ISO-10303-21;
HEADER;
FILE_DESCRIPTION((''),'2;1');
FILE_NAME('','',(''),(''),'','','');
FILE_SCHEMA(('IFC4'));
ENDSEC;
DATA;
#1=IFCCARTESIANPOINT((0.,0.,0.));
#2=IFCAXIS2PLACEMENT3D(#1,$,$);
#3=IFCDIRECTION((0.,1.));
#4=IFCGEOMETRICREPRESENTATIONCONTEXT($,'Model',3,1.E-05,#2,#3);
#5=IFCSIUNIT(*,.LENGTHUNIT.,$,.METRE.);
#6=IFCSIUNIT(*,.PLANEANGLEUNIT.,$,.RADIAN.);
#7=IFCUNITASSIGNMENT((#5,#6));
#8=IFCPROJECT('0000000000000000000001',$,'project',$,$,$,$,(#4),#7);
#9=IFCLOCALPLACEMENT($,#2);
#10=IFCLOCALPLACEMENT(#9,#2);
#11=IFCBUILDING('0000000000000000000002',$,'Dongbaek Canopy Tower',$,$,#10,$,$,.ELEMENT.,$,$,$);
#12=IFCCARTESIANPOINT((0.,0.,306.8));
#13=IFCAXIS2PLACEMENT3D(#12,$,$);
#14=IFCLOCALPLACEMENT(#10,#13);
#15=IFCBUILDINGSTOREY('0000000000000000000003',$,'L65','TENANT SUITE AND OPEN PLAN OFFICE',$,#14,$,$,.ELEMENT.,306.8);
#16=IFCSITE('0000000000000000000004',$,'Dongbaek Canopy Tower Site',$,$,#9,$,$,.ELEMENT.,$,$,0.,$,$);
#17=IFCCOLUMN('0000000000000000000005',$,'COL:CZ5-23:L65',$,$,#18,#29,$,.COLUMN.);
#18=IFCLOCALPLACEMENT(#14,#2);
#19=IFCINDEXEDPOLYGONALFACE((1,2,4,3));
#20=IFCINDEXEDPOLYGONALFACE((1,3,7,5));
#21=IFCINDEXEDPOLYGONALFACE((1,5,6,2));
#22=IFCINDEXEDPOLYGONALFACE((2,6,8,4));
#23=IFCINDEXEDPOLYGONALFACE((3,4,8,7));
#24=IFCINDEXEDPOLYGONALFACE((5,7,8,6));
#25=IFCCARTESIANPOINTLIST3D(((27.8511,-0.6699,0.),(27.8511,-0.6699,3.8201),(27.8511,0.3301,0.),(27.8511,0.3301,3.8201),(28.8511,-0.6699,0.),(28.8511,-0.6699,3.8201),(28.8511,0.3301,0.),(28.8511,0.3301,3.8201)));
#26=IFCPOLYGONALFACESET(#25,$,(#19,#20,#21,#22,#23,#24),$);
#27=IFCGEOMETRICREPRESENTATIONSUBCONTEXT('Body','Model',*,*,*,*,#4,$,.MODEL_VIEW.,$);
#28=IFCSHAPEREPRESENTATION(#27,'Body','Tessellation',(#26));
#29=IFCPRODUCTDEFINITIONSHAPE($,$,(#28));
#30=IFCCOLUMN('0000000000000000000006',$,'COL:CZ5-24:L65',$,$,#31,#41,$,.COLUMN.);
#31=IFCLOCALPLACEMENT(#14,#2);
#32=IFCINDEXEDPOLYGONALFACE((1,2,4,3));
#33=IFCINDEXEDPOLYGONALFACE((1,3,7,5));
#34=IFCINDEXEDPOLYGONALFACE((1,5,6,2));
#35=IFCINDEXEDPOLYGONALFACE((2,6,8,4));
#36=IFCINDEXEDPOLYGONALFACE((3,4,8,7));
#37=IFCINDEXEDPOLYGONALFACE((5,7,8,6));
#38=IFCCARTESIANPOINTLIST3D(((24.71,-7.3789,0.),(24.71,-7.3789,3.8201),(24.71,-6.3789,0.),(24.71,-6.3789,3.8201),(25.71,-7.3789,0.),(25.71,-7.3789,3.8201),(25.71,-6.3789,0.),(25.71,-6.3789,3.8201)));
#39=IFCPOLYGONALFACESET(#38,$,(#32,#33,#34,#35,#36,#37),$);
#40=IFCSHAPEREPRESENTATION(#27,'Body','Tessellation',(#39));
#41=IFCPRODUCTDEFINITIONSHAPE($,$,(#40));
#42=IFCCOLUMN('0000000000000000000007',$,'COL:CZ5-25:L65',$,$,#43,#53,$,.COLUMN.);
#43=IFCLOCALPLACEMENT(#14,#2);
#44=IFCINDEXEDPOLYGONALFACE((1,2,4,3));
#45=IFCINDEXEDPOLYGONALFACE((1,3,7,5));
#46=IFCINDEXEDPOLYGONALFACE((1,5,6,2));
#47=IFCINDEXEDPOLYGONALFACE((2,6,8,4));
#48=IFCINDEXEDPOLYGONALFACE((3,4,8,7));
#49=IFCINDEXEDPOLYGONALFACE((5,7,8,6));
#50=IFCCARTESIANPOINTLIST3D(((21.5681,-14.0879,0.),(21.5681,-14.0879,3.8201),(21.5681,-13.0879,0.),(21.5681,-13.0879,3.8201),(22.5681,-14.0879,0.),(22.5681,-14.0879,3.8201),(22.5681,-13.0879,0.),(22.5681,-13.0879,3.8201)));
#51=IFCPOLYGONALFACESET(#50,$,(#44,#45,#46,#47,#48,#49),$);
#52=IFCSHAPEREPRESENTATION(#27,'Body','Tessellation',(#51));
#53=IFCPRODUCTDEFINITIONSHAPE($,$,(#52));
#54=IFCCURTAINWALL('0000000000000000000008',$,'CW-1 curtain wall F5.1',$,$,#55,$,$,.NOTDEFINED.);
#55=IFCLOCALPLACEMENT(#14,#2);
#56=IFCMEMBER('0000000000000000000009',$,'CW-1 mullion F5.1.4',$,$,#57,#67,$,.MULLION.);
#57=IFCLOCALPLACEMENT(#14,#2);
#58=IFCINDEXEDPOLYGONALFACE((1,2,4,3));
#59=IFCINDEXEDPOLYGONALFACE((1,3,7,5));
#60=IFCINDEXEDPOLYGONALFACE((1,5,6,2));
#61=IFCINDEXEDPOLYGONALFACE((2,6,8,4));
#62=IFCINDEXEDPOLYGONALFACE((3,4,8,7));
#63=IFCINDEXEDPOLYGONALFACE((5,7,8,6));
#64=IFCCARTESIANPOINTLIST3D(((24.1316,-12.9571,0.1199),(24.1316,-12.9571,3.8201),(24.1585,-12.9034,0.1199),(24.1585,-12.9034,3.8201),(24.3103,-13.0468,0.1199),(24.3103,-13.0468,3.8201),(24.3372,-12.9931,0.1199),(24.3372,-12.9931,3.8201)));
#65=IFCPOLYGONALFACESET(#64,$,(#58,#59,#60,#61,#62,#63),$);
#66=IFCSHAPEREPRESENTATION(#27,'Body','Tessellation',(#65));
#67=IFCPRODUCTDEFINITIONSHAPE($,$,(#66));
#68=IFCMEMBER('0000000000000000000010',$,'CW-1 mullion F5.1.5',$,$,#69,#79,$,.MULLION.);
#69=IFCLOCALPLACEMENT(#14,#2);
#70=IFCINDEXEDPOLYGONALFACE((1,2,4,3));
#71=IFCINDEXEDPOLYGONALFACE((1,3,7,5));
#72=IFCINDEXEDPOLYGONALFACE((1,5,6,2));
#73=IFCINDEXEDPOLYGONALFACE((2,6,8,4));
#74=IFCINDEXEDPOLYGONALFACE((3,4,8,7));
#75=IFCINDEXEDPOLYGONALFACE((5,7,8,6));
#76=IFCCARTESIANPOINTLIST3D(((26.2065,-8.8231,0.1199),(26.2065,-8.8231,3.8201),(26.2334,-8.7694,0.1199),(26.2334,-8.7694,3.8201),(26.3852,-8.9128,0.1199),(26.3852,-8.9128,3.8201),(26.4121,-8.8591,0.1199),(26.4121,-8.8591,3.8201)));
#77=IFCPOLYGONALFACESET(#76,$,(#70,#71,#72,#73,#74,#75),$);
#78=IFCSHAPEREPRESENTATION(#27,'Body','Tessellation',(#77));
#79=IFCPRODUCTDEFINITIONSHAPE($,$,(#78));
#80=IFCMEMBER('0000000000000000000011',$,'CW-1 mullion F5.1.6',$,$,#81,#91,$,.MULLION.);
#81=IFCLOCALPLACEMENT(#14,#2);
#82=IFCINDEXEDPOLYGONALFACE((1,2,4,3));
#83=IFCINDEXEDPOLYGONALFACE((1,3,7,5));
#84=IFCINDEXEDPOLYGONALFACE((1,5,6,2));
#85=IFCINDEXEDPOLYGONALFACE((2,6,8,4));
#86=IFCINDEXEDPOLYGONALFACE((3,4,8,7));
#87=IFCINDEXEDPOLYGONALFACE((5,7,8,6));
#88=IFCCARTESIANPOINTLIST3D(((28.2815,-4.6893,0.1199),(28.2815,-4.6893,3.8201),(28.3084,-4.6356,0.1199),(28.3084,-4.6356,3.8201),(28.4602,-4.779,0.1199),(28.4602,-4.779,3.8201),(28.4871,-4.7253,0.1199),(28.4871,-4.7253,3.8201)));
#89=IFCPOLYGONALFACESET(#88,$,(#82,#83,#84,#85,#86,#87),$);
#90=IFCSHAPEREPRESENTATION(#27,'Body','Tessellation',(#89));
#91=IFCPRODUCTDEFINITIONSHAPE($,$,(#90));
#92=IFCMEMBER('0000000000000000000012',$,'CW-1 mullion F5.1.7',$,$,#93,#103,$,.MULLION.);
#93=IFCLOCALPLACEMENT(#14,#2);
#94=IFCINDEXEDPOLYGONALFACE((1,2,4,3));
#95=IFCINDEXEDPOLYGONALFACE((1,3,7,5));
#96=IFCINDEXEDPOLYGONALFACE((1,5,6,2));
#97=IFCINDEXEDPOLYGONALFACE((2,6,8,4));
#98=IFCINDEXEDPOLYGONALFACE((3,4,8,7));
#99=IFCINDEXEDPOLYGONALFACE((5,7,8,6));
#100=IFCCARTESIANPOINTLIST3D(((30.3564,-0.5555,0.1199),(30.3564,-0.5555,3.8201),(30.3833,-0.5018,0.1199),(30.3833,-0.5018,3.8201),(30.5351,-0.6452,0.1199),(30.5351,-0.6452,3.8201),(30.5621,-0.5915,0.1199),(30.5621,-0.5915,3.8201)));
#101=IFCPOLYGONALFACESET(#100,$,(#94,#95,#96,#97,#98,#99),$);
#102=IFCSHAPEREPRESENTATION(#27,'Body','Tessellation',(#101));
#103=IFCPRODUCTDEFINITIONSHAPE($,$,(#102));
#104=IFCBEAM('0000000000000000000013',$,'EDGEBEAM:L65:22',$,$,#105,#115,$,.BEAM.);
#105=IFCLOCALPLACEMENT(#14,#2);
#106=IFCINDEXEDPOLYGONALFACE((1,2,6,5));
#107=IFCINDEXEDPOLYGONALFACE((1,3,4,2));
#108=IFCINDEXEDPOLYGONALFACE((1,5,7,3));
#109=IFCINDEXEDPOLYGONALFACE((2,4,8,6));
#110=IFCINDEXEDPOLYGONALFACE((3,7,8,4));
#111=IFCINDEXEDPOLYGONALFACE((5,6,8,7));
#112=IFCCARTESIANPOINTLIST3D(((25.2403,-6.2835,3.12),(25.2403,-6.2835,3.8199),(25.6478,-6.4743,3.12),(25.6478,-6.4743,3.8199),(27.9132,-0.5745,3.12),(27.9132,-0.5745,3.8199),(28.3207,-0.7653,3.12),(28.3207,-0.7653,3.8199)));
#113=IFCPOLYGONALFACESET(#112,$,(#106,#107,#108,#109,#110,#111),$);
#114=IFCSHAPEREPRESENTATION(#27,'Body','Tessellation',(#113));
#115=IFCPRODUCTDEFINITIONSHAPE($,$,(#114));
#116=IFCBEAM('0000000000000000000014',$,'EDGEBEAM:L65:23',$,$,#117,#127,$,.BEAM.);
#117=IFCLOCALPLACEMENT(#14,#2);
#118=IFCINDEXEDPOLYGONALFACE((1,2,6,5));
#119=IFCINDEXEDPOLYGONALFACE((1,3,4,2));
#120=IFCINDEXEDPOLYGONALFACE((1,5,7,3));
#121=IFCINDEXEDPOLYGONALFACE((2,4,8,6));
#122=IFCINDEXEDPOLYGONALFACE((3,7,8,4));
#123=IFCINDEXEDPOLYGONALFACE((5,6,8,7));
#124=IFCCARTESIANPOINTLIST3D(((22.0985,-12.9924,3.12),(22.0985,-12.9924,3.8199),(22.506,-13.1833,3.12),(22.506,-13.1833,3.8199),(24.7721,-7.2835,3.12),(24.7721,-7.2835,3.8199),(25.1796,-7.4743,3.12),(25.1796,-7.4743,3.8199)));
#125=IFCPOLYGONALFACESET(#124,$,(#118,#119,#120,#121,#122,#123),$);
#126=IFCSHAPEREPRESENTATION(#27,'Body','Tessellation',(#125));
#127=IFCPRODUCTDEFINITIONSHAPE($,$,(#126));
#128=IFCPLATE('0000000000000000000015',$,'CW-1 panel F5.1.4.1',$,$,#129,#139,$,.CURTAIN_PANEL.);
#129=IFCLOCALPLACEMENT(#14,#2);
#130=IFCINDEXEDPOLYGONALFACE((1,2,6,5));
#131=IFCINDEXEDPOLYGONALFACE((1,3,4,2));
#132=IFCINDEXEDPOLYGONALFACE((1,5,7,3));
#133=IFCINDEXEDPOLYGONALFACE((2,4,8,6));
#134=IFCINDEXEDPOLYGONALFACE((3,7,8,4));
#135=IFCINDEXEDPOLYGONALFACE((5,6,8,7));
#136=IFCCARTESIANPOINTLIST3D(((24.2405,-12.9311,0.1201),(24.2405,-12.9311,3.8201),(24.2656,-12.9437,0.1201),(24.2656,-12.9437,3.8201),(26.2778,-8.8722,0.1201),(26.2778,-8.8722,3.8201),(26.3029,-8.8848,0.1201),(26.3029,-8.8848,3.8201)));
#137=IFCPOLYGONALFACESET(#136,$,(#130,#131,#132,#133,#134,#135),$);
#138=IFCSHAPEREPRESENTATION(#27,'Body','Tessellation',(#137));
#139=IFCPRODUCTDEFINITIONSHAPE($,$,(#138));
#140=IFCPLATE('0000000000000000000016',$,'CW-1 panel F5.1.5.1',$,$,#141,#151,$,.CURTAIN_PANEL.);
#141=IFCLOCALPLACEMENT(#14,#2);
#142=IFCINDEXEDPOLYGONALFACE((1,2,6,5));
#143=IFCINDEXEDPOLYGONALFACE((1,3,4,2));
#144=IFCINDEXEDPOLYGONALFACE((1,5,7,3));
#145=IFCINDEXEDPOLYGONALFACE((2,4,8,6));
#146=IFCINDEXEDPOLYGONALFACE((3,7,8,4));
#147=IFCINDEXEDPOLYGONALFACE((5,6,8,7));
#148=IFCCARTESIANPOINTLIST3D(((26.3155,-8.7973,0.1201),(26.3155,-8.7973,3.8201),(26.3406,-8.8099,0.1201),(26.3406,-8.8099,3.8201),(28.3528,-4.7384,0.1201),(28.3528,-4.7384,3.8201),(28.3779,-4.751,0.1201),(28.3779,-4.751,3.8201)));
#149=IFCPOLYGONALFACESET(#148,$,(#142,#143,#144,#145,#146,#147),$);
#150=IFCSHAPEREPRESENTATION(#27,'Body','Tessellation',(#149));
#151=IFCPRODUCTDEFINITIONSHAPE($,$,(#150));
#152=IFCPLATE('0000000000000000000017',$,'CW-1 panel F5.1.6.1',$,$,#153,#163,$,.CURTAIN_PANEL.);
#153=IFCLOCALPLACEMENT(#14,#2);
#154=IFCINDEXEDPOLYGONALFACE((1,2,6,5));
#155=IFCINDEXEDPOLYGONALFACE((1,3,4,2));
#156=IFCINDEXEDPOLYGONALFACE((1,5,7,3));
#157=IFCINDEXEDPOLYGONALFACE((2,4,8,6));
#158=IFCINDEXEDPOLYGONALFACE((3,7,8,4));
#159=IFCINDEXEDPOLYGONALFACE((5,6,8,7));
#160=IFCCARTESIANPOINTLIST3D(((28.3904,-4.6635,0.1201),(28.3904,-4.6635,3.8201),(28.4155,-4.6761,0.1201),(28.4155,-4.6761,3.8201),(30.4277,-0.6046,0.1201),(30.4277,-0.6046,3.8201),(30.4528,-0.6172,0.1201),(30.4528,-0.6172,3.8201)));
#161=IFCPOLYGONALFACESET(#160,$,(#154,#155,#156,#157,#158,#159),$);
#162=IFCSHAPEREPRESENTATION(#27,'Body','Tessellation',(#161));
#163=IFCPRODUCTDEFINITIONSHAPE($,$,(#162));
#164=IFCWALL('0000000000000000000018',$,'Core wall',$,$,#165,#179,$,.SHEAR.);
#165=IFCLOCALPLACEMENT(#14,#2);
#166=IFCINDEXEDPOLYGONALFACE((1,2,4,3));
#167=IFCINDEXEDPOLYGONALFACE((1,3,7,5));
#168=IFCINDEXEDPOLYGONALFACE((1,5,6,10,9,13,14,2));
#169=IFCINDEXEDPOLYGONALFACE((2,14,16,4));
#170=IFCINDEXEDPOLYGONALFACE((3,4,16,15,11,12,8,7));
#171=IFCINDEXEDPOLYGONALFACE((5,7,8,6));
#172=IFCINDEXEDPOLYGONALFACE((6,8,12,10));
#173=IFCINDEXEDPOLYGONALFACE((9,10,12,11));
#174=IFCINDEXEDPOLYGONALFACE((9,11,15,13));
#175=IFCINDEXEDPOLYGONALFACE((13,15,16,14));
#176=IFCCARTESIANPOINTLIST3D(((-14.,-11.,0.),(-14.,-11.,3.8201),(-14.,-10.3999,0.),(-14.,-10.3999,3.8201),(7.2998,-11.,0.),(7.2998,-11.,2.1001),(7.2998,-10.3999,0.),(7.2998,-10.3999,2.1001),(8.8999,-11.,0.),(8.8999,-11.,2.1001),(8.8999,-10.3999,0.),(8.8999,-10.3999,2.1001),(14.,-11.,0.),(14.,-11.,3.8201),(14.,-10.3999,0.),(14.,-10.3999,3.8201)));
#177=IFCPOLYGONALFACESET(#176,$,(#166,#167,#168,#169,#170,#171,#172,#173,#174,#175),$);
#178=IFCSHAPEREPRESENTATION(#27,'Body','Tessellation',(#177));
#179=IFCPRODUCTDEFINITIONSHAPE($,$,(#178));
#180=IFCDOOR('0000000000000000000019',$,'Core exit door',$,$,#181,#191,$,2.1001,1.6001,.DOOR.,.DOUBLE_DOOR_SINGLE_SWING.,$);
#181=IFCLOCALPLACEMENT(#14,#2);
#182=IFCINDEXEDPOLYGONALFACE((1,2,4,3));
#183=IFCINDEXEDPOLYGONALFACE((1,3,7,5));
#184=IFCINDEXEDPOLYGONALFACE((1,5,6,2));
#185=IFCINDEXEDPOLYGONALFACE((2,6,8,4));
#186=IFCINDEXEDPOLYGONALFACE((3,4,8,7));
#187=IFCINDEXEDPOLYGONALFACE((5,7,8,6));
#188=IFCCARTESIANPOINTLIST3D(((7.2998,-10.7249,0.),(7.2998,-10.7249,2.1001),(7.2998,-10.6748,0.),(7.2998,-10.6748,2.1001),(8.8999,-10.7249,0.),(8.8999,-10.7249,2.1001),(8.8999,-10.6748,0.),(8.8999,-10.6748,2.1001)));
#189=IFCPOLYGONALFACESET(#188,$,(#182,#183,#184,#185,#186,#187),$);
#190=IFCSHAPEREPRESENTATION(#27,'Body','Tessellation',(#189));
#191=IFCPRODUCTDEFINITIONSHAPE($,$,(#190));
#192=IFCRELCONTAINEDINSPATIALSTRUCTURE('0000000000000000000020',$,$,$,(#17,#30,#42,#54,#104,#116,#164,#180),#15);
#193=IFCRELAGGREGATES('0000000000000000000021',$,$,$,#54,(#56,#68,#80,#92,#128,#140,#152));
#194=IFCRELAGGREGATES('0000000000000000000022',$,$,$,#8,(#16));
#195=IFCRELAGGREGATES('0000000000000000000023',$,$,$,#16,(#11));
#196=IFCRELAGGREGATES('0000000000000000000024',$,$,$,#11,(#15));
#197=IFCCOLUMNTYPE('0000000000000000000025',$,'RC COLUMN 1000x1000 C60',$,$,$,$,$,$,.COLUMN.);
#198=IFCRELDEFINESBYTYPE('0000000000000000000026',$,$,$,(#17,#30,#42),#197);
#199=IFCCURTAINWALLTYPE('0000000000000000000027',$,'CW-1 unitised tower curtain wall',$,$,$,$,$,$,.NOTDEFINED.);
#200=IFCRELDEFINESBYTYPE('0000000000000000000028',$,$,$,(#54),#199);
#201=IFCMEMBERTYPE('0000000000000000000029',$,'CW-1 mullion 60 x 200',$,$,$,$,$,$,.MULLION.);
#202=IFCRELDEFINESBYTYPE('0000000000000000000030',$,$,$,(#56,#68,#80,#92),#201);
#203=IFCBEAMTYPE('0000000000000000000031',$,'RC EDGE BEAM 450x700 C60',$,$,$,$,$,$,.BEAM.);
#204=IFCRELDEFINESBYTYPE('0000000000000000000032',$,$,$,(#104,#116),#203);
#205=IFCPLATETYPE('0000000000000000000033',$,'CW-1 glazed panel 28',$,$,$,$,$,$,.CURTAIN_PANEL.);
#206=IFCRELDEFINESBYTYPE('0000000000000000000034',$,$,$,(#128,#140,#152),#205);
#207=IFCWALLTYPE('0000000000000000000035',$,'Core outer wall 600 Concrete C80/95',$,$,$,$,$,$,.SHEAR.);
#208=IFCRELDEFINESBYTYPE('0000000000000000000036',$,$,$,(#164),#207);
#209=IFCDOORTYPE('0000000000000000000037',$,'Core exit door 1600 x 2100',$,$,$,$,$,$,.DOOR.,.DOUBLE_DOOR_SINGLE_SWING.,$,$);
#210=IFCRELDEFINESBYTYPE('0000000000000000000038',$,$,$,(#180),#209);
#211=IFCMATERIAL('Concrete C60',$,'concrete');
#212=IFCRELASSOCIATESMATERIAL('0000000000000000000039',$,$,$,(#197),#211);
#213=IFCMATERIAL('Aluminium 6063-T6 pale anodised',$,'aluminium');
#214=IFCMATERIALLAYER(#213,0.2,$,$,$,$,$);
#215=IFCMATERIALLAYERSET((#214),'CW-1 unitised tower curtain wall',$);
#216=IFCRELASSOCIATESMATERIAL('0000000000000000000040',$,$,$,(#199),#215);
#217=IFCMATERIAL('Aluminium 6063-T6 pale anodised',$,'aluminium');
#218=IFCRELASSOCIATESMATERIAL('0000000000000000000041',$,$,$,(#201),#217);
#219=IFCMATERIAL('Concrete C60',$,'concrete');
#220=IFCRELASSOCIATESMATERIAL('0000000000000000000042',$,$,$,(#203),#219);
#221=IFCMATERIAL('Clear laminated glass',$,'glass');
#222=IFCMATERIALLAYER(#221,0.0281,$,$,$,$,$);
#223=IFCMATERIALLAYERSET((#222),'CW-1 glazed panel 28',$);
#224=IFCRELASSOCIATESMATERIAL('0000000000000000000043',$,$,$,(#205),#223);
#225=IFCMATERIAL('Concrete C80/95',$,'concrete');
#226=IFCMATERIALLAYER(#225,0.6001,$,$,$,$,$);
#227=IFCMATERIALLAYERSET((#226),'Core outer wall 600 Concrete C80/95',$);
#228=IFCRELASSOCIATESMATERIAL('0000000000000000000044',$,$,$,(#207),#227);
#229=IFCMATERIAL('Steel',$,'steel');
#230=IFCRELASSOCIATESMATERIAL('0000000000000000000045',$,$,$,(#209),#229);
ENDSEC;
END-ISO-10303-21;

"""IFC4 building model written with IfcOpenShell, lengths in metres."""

from ifc_helpers import new_model, si_unit, direction, frame, frame_2d, origin, origin_2d, place, context, subcontext, project, spatial, rectangle, extrude, material, layer, layer_set, material_profile, profile_set, type_object, element, fill, aggregate, save


model = new_model("IFC4")

# Units and contexts
model_context = context("Model", 3, precision=1e-05, world=origin(), true_north=direction((0.0, 1.0)))
body_context = subcontext(model_context, "Body", "Model", "MODEL_VIEW")
ifc_project = project(units=[si_unit("LENGTHUNIT", "METRE"), si_unit("PLANEANGLEUNIT", "RADIAN")], contexts=[model_context])

# Site, building, storey
site_placement = place(None, origin())
site = spatial("IfcSite", under=ifc_project, at=site_placement, Name="Dongbaek Canopy Tower Site", CompositionType="ELEMENT", RefElevation=0.0)
building_placement = place(site_placement, origin())
building = spatial("IfcBuilding", under=site, at=building_placement, Name="Dongbaek Canopy Tower", CompositionType="ELEMENT")
storey_placement = place(building_placement, frame((0.0, 0.0, 306.8)))
storey = spatial("IfcBuildingStorey", under=building, at=storey_placement, Name="L65", Description="TENANT SUITE AND OPEN PLAN OFFICE", CompositionType="ELEMENT", Elevation=306.8)

# Columns
ifc_material_1 = material(Name="Concrete C60", Category="concrete")
ifc_material_profile_1 = material_profile(ifc_material_1, rectangle(XDim=1.0, YDim=1.0, at=origin_2d()), Name="RC COLUMN 1000x1000 C60")
ifc_profile_set_1 = profile_set([ifc_material_profile_1], Name="Concrete C60")
column_type = type_object("IfcColumnType", Name="RC COLUMN 1000x1000 C60", PredefinedType="COLUMN", material=ifc_profile_set_1)
for number, where, z_axis, x_axis, name in (
    (1, (28.3511, -0.1699, 0.0), (0.0, 0.0, 1.0), (1.0, 0.0, 0.0), "COL:CZ5-23:L65"),
    (2, (25.21, -6.8789, 0.0), (0.0, 0.0, 1.0), (1.0, 0.0, 0.0), "COL:CZ5-24:L65"),
    (3, (22.0681, -13.5879, 0.0), (0.0, 0.0, 1.0), (1.0, 0.0, 0.0), "COL:CZ5-25:L65"),
):
    element("IfcColumn", number, at=place(storey_placement, frame(where, z_axis=z_axis, x_axis=x_axis)), inside=storey, type_object=column_type, Name=name, PredefinedType="COLUMN", context=body_context, shape_type="SweptSolid", body=[
        extrude(rectangle(XDim=1.0, YDim=1.0, at=origin_2d()), origin(), (0.0, 0.0, 1.0), 3.8201),
    ])

# Curtain wall, members
ifc_material_2 = material(Name="Aluminium 6063-T6 pale anodised", Category="aluminium")
ifc_layer_1 = layer(ifc_material_2, 0.2)
ifc_layer_set_1 = layer_set([ifc_layer_1], Name="CW-1 unitised tower curtain wall")
curtain_wall_type = type_object("IfcCurtainWallType", Name="CW-1 unitised tower curtain wall", PredefinedType="NOTDEFINED", material=ifc_layer_set_1)
curtain_wall_placement = place(storey_placement, origin())
curtain_wall = element("IfcCurtainWall", 4, at=curtain_wall_placement, inside=storey, type_object=curtain_wall_type, Name="CW-1 curtain wall F5.1", PredefinedType="NOTDEFINED")
ifc_material_3 = material(Name="Aluminium 6063-T6 pale anodised", Category="aluminium")
ifc_material_profile_2 = material_profile(ifc_material_3, rectangle(XDim=0.2, YDim=0.0601, at=origin_2d()), Name="CW-1 mullion 60 x 200")
ifc_profile_set_2 = profile_set([ifc_material_profile_2], Name="Aluminium 6063-T6 pale anodised")
member_type = type_object("IfcMemberType", Name="CW-1 mullion 60 x 200", PredefinedType="MULLION", material=ifc_profile_set_2)
member_1_placement = place(storey_placement, frame((24.2344, -12.9751, 0.1199), z_axis=(0.0, 0.0, 1.0), x_axis=(0.893733, -0.448598, 0.0)))
member_1 = element("IfcMember", 5, at=member_1_placement, type_object=member_type, Name="CW-1 mullion F5.1.4", PredefinedType="MULLION", context=body_context, shape_type="SweptSolid", body=[
    extrude(rectangle(XDim=0.2, YDim=0.0601, at=origin_2d()), origin(), (0.0, 0.0, 1.0), 3.7002),
])
member_2_placement = place(storey_placement, frame((26.3093, -8.8411, 0.1199), z_axis=(0.0, 0.0, 1.0), x_axis=(0.893733, -0.448598, 0.0)))
member_2 = element("IfcMember", 6, at=member_2_placement, type_object=member_type, Name="CW-1 mullion F5.1.5", PredefinedType="MULLION", context=body_context, shape_type="SweptSolid", body=[
    extrude(rectangle(XDim=0.2, YDim=0.0601, at=origin_2d()), origin(), (0.0, 0.0, 1.0), 3.7002),
])
member_3_placement = place(storey_placement, frame((28.3843, -4.7073, 0.1199), z_axis=(0.0, 0.0, 1.0), x_axis=(0.893733, -0.448598, 0.0)))
member_3 = element("IfcMember", 7, at=member_3_placement, type_object=member_type, Name="CW-1 mullion F5.1.6", PredefinedType="MULLION", context=body_context, shape_type="SweptSolid", body=[
    extrude(rectangle(XDim=0.2, YDim=0.0601, at=origin_2d()), origin(), (0.0, 0.0, 1.0), 3.7002),
])
member_4_placement = place(storey_placement, frame((30.4592, -0.5735, 0.1199), z_axis=(0.0, 0.0, 1.0), x_axis=(0.893733, -0.448598, 0.0)))
member_4 = element("IfcMember", 8, at=member_4_placement, type_object=member_type, Name="CW-1 mullion F5.1.7", PredefinedType="MULLION", context=body_context, shape_type="SweptSolid", body=[
    extrude(rectangle(XDim=0.2, YDim=0.0601, at=origin_2d()), origin(), (0.0, 0.0, 1.0), 3.7002),
])

# Beams
ifc_material_4 = material(Name="Concrete C60", Category="concrete")
ifc_material_profile_3 = material_profile(ifc_material_4, rectangle(XDim=0.45, YDim=0.7, at=origin_2d()), Name="RC EDGE BEAM 450x700 C60")
ifc_profile_set_3 = profile_set([ifc_material_profile_3], Name="Concrete C60")
beam_type = type_object("IfcBeamType", Name="RC EDGE BEAM 450x700 C60", PredefinedType="BEAM", material=ifc_profile_set_3)
beam_1_placement = place(storey_placement, frame((28.1169, -0.6699, 3.47), z_axis=(-0.424013, -0.905656, 0.0), x_axis=(0.905656, -0.424013, 0.0)))
element("IfcBeam", 9, at=beam_1_placement, inside=storey, type_object=beam_type, Name="EDGEBEAM:L65:22", PredefinedType="BEAM", context=body_context, shape_type="SweptSolid", body=[
    extrude(rectangle(XDim=0.45, YDim=0.7, at=origin_2d()), origin(), (0.0, 0.0, 1.0), 6.3037),
])
beam_2_placement = place(storey_placement, frame((24.9758, -7.3789, 3.47), z_axis=(-0.424108, -0.905611, 0.0), x_axis=(0.905611, -0.424108, 0.0)))
element("IfcBeam", 10, at=beam_2_placement, inside=storey, type_object=beam_type, Name="EDGEBEAM:L65:23", PredefinedType="BEAM", context=body_context, shape_type="SweptSolid", body=[
    extrude(rectangle(XDim=0.45, YDim=0.7, at=origin_2d()), origin(), (0.0, 0.0, 1.0), 6.304),
])

# Plates
ifc_material_5 = material(Name="Clear laminated glass", Category="glass")
ifc_layer_2 = layer(ifc_material_5, 0.0281)
ifc_layer_set_2 = layer_set([ifc_layer_2], Name="CW-1 glazed panel 28")
plate_type = type_object("IfcPlateType", Name="CW-1 glazed panel 28", PredefinedType="CURTAIN_PANEL", material=ifc_layer_set_2)
plate_1_placement = place(storey_placement, frame((25.2717, -10.908, 0.1201), z_axis=(0.0, 0.0, 1.0), x_axis=(0.448598, 0.893733, 0.0)))
plate_1 = element("IfcPlate", 11, at=plate_1_placement, type_object=plate_type, Name="CW-1 panel F5.1.4.1", PredefinedType="CURTAIN_PANEL", context=body_context, shape_type="SweptSolid", body=[
    extrude(rectangle(XDim=4.5415, YDim=0.0281, at=origin_2d()), origin(), (0.0, 0.0, 1.0), 3.7),
])
plate_2_placement = place(storey_placement, frame((27.3467, -6.7742, 0.1201), z_axis=(0.0, 0.0, 1.0), x_axis=(0.448598, 0.893733, 0.0)))
plate_2 = element("IfcPlate", 12, at=plate_2_placement, type_object=plate_type, Name="CW-1 panel F5.1.5.1", PredefinedType="CURTAIN_PANEL", context=body_context, shape_type="SweptSolid", body=[
    extrude(rectangle(XDim=4.5415, YDim=0.0281, at=origin_2d()), origin(), (0.0, 0.0, 1.0), 3.7),
])
plate_3_placement = place(storey_placement, frame((29.4216, -2.6404, 0.1201), z_axis=(0.0, 0.0, 1.0), x_axis=(0.448598, 0.893733, 0.0)))
plate_3 = element("IfcPlate", 13, at=plate_3_placement, type_object=plate_type, Name="CW-1 panel F5.1.6.1", PredefinedType="CURTAIN_PANEL", context=body_context, shape_type="SweptSolid", body=[
    extrude(rectangle(XDim=4.5415, YDim=0.0281, at=origin_2d()), origin(), (0.0, 0.0, 1.0), 3.7),
])

# Wall, opening, door
ifc_material_6 = material(Name="Concrete C80/95", Category="concrete")
ifc_layer_3 = layer(ifc_material_6, 0.6001)
ifc_layer_set_3 = layer_set([ifc_layer_3], Name="Core outer wall 600 Concrete C80/95")
wall_type_1 = type_object("IfcWallType", Name="Core outer wall 600 Concrete C80/95", PredefinedType="SHEAR", material=ifc_layer_set_3)
wall_1_placement = place(storey_placement, frame((14.0, -10.7, 0.0), z_axis=(0.0, 0.0, 1.0), x_axis=(-1.0, 0.0, 0.0)))
wall_1 = element("IfcWall", 14, at=wall_1_placement, inside=storey, type_object=wall_type_1, Name="Core wall", PredefinedType="SHEAR", context=body_context, shape_type="SweptSolid", body=[
    extrude(rectangle(XDim=28.0, YDim=0.6001, at=frame_2d((14.0, 0.0))), origin(), (0.0, 0.0, 1.0), 3.8201),
])
opening_placement = place(wall_1_placement, frame((5.1001, 0.0, 0.0)))
opening = element("IfcOpeningElement", 15, at=opening_placement, cuts=wall_1, PredefinedType="OPENING", context=body_context, shape_type="SweptSolid", body=[
    extrude(rectangle(XDim=1.6001, YDim=2.1001, at=frame_2d((0.8, 1.05))), frame((0.0, 0.3101, 0.0), z_axis=(0.0, -1.0, 0.0), x_axis=(1.0, 0.0, 0.0)), (0.0, 0.0, 1.0), 0.6201),
])
ifc_material_7 = material(Name="Steel", Category="steel")
door_type = type_object("IfcDoorType", Name="Core exit door 1600 x 2100", OperationType="DOUBLE_DOOR_SINGLE_SWING", PredefinedType="DOOR", material=ifc_material_7)
door_placement = place(opening_placement, origin())
door = element("IfcDoor", 16, at=door_placement, inside=storey, type_object=door_type, Name="Core exit door", OperationType="DOUBLE_DOOR_SINGLE_SWING", OverallHeight=2.1001, OverallWidth=1.6001, PredefinedType="DOOR", context=body_context, shape_type="SweptSolid", body=[
    extrude(rectangle(XDim=1.6001, YDim=2.1001, at=frame_2d((0.8, 1.05))), frame((0.0, 0.0249, 0.0), z_axis=(0.0, -1.0, 0.0), x_axis=(1.0, 0.0, 0.0)), (0.0, 0.0, 1.0), 0.05),
])
fill(opening, door)

aggregate(curtain_wall, [member_1, member_2, member_3, member_4, plate_1, plate_2, plate_3])

save(model, "model.ifc")
